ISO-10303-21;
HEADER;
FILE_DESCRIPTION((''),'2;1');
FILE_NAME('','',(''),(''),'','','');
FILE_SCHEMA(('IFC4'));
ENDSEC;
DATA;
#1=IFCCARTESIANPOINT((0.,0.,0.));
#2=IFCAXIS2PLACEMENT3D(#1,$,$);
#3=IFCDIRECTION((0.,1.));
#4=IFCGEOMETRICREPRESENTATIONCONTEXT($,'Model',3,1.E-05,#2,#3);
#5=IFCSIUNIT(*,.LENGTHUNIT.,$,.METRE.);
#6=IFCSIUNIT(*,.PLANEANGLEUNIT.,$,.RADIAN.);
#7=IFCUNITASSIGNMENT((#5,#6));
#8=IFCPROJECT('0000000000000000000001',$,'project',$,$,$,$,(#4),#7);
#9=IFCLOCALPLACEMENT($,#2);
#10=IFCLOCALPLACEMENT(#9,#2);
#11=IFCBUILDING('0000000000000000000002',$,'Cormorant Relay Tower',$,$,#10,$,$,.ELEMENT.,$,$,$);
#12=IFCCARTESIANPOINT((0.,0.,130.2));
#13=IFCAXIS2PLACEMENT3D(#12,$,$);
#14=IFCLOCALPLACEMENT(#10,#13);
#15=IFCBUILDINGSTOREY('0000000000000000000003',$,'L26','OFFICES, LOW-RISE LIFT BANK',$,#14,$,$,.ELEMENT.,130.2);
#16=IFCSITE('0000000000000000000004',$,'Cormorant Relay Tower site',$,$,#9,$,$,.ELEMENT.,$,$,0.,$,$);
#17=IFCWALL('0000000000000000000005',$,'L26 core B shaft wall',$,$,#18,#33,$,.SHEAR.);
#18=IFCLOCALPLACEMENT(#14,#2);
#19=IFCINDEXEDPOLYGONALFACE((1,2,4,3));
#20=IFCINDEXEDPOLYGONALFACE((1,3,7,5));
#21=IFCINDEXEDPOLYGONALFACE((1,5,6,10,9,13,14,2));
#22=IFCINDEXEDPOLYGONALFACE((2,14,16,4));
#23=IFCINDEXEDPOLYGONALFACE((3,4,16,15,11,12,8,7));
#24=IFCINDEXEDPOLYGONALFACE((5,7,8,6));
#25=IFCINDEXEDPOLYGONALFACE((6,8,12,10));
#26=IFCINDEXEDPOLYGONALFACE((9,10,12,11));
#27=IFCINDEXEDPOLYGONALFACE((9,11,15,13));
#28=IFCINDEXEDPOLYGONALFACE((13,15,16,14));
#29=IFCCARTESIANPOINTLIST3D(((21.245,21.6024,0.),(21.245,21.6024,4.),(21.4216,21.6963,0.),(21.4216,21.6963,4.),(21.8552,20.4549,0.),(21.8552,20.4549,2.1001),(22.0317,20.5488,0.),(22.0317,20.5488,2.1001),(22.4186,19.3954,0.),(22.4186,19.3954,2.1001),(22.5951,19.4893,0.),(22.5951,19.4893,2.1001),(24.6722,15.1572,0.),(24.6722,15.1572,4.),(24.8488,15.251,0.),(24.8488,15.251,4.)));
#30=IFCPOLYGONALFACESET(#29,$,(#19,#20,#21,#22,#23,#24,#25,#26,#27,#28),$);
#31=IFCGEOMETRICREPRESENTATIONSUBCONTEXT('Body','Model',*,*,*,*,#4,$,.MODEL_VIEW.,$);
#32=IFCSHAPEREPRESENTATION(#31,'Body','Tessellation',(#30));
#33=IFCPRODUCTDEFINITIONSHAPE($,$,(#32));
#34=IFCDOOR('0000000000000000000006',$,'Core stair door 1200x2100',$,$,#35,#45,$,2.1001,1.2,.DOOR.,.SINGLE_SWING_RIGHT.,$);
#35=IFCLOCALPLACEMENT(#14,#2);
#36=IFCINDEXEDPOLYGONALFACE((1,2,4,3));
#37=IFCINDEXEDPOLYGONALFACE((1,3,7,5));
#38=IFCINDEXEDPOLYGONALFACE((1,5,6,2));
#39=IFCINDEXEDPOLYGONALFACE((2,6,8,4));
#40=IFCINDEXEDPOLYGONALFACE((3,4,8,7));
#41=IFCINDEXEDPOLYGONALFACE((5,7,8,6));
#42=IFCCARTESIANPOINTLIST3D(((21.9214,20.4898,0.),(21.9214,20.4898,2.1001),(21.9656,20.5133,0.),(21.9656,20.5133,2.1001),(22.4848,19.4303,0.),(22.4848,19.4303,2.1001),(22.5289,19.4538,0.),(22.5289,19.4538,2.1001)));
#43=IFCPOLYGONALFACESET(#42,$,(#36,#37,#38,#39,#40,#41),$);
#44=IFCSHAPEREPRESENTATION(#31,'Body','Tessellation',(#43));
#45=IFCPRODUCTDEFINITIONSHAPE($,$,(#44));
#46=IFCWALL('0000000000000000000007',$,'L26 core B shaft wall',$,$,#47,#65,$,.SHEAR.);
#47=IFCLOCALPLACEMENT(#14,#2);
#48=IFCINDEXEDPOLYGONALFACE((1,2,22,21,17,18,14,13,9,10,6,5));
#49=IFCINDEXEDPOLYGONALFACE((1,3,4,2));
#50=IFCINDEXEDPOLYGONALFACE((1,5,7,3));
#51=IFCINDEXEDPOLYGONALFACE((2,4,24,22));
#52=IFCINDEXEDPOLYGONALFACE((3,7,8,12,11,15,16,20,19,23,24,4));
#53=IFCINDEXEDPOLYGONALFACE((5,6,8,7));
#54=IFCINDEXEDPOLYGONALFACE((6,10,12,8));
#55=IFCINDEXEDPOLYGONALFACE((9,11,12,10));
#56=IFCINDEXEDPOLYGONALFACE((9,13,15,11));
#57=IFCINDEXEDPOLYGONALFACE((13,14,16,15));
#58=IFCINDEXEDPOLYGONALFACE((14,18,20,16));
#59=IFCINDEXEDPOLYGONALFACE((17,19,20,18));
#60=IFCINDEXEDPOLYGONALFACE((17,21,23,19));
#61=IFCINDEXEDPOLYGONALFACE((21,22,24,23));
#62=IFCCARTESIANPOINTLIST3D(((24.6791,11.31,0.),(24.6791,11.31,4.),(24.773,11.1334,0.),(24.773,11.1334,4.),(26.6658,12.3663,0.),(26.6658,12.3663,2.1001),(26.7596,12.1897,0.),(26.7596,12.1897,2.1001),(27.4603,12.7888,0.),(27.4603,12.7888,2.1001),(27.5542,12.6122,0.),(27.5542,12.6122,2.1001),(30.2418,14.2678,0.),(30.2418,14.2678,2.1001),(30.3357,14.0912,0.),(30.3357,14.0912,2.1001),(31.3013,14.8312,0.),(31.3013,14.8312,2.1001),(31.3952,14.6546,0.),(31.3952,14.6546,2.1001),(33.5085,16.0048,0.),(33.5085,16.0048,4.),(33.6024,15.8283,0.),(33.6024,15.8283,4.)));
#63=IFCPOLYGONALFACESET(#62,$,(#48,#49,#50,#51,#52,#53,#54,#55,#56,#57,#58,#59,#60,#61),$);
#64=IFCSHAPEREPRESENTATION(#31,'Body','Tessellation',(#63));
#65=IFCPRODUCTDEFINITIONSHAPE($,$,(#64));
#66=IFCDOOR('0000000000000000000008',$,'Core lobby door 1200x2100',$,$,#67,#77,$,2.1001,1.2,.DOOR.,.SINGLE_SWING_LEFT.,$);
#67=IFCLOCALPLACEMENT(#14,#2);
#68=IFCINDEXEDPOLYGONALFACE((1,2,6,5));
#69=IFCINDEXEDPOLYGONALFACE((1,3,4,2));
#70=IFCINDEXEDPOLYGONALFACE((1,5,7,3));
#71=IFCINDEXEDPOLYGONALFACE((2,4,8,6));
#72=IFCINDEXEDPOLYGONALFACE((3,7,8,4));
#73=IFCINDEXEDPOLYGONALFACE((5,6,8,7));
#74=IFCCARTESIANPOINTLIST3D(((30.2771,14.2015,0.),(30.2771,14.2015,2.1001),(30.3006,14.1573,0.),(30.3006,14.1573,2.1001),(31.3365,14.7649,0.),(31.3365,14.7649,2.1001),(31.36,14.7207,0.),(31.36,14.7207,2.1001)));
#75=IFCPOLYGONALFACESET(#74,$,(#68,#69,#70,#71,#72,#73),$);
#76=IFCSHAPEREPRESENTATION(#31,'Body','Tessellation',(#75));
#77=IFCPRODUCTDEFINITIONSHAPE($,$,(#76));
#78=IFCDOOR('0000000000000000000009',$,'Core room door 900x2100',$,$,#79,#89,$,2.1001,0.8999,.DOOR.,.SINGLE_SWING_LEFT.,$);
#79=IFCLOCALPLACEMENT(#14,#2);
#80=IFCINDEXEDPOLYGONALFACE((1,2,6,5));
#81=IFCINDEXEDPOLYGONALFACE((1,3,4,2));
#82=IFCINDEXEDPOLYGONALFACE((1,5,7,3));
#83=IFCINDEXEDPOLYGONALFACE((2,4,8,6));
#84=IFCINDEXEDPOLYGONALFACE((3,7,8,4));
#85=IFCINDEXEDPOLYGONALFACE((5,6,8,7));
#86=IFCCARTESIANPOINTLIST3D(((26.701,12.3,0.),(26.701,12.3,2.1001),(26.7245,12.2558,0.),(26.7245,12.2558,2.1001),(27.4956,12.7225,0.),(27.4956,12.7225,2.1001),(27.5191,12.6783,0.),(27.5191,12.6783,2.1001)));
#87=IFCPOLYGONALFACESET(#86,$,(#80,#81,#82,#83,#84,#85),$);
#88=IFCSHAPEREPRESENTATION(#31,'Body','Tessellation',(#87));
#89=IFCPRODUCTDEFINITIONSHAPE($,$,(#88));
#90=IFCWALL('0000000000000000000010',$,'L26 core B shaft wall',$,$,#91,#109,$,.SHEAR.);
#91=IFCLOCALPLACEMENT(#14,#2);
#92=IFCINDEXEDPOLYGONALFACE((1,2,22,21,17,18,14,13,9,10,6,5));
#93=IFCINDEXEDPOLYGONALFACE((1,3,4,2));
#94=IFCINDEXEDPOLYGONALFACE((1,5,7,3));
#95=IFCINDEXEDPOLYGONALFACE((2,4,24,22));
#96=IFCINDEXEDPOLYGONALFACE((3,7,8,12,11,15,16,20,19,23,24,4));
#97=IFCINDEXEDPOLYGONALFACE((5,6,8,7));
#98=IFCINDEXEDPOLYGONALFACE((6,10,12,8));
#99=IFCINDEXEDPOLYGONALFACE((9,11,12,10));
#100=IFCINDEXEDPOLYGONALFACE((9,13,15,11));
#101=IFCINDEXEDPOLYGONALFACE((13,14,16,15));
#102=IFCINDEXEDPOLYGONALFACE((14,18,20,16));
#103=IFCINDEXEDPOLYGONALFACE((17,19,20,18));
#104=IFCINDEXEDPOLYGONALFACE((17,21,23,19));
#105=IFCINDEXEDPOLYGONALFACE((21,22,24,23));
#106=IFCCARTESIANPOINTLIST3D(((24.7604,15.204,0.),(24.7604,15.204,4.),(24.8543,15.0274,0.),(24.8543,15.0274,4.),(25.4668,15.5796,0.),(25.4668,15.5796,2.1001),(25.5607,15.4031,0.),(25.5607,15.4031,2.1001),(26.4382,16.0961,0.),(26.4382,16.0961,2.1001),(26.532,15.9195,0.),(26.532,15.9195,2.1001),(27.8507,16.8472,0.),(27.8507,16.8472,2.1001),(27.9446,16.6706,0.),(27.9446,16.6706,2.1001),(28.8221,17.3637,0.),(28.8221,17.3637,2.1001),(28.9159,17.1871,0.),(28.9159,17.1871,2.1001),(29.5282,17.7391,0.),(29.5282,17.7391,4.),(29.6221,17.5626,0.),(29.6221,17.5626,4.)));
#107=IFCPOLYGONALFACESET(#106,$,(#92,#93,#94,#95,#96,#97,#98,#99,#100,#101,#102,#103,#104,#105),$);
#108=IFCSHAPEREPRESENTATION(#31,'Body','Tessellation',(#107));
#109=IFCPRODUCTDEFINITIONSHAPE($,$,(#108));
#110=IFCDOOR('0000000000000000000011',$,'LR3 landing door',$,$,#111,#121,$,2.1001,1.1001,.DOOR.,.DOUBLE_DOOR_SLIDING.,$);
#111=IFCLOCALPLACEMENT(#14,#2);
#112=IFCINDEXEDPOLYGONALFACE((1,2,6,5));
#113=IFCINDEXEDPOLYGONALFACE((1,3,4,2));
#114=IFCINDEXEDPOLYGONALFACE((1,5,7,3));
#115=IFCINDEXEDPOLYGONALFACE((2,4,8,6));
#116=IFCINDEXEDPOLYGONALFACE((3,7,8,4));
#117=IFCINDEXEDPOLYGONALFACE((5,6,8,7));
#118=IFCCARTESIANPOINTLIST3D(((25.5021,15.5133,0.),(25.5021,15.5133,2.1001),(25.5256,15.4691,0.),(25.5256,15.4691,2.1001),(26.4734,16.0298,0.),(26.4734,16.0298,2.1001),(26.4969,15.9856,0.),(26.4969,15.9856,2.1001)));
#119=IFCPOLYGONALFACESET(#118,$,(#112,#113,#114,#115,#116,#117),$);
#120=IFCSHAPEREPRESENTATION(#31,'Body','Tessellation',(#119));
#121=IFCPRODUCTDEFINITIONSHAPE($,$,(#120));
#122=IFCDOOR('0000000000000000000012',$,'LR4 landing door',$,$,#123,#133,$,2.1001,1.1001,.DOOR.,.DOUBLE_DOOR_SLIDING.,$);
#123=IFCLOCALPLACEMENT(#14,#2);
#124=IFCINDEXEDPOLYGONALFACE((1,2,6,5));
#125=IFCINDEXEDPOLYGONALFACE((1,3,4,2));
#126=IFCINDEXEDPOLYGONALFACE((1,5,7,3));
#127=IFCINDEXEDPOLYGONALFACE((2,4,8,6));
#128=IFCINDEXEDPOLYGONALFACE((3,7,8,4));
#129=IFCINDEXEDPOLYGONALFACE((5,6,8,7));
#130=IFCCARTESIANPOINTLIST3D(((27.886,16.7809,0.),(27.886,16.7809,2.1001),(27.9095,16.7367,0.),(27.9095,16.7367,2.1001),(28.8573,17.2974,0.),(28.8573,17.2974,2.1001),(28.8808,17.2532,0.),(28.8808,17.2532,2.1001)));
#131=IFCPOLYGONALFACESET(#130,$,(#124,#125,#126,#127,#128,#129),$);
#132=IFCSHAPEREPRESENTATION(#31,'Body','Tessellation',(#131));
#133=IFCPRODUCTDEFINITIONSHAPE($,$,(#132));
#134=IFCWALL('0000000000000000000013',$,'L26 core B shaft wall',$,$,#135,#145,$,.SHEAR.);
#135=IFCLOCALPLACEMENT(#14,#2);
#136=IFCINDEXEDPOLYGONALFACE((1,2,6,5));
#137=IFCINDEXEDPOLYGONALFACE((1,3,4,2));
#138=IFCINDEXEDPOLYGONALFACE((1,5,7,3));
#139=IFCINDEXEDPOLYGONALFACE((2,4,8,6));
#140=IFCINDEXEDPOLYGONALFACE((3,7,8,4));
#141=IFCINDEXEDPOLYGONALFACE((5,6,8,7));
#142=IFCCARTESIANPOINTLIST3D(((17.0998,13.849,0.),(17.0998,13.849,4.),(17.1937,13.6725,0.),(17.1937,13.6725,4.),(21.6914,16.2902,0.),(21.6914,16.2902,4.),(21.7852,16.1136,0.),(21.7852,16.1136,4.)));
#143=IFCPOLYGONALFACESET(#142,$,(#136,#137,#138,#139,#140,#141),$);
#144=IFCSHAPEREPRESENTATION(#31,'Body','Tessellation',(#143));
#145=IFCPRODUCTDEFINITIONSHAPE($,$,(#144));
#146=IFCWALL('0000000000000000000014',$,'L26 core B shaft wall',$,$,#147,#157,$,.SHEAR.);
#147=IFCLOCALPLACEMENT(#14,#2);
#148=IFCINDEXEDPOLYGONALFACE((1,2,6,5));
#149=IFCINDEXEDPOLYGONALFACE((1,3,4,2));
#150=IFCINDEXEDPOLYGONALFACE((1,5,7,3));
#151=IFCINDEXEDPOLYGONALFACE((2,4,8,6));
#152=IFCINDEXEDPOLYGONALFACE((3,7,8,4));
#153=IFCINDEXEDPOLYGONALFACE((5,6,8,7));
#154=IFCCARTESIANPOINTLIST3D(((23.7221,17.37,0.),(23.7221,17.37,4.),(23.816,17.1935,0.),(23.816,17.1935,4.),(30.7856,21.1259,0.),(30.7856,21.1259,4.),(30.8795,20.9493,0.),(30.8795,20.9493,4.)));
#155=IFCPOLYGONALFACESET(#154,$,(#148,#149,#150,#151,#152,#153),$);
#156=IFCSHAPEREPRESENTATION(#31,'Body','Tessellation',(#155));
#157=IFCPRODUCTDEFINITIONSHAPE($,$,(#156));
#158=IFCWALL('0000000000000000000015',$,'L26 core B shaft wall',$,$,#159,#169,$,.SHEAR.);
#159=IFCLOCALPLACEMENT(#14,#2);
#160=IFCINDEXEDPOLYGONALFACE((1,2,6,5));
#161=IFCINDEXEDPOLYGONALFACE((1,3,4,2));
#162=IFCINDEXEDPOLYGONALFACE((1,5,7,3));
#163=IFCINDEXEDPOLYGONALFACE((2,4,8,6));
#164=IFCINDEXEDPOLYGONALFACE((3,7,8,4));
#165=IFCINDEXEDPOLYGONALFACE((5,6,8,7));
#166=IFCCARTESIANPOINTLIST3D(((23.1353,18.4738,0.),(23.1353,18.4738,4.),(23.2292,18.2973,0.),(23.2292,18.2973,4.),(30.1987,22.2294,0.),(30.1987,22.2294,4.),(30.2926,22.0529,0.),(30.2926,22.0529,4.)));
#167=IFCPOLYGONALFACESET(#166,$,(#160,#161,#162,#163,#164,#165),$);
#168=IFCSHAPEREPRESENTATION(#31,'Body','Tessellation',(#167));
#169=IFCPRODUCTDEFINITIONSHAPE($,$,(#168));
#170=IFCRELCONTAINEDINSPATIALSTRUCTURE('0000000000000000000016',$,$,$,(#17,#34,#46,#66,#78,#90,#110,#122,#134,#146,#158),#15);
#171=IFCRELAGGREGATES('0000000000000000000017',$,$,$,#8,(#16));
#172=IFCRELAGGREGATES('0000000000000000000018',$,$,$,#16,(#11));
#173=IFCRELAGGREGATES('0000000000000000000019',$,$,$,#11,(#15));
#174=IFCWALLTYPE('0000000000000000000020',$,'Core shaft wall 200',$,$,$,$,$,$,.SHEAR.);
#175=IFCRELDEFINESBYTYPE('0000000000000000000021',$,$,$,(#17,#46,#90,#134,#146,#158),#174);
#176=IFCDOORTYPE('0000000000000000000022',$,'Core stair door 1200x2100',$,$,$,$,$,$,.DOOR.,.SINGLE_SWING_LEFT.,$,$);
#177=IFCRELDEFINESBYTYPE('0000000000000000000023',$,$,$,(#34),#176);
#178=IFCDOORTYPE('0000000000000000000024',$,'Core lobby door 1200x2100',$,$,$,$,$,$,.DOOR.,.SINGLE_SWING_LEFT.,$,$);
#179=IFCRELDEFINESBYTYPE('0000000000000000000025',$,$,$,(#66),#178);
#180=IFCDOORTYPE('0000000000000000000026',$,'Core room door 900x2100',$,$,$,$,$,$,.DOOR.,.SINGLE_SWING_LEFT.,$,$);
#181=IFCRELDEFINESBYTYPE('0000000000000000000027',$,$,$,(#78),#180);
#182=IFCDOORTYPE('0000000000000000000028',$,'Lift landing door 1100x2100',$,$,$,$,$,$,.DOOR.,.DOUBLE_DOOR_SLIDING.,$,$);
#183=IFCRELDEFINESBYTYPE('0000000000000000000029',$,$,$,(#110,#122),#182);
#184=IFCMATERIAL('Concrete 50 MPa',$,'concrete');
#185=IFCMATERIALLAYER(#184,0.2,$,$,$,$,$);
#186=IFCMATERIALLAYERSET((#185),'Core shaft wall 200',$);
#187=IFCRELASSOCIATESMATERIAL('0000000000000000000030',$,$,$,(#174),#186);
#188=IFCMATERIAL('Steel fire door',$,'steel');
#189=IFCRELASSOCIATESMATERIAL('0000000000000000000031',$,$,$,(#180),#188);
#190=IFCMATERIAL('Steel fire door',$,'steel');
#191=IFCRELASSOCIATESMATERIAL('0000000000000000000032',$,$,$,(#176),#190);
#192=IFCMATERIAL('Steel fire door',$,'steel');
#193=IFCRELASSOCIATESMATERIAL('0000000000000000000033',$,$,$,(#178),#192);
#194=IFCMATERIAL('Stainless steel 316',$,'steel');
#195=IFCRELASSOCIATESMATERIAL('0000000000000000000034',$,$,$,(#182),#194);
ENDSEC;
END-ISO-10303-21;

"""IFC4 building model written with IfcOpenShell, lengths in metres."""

from ifc_helpers import new_model, si_unit, direction, frame, frame_2d, origin, place, context, subcontext, project, spatial, rectangle, extrude, material, layer, layer_set, type_object, element, fill, save


model = new_model("IFC4")

# Units and contexts
model_context = context("Model", 3, precision=1e-05, world=origin(), true_north=direction((0.0, 1.0)))
body_context = subcontext(model_context, "Body", "Model", "MODEL_VIEW")
ifc_project = project(units=[si_unit("LENGTHUNIT", "METRE"), si_unit("PLANEANGLEUNIT", "RADIAN")], contexts=[model_context])

# Site, building, storey
site_placement = place(None, origin())
site = spatial("IfcSite", under=ifc_project, at=site_placement, Name="Cormorant Relay Tower site", CompositionType="ELEMENT", RefElevation=0.0)
building_placement = place(site_placement, origin())
building = spatial("IfcBuilding", under=site, at=building_placement, Name="Cormorant Relay Tower", CompositionType="ELEMENT")
storey_placement = place(building_placement, frame((0.0, 0.0, 130.2)))
storey = spatial("IfcBuildingStorey", under=building, at=storey_placement, Name="L26", Description="OFFICES, LOW-RISE LIFT BANK", CompositionType="ELEMENT", Elevation=130.2)

# Shared definitions
ifc_material_1 = material(Name="Concrete 50 MPa", Category="concrete")
ifc_layer_1 = layer(ifc_material_1, 0.2)
ifc_layer_set_1 = layer_set([ifc_layer_1], Name="Core shaft wall 200")
wall_type_1 = type_object("IfcWallType", Name="Core shaft wall 200", PredefinedType="SHEAR", material=ifc_layer_set_1)

# Shared definitions
ifc_material_2 = material(Name="Steel fire door", Category="steel")
door_type_1 = type_object("IfcDoorType", Name="Core room door 900x2100", OperationType="SINGLE_SWING_LEFT", PredefinedType="DOOR", material=ifc_material_2)

# Wall, opening, door
wall_1_placement = place(storey_placement, frame((24.7605, 15.2041, 0.0), z_axis=(0.0, 0.0, 1.0), x_axis=(-0.469494, 0.882936, 0.0)))
wall_1 = element("IfcWall", 1, at=wall_1_placement, inside=storey, type_object=wall_type_1, Name="L26 core B shaft wall", PredefinedType="SHEAR", context=body_context, shape_type="SweptSolid", body=[
    extrude(rectangle(XDim=7.2998, YDim=0.2, at=frame_2d((3.6499, 0.0))), origin(), (0.0, 0.0, 1.0), 4.0),
])
opening_1_placement = place(wall_1_placement, frame((4.8, 0.0, 0.0)))
opening_1 = element("IfcOpeningElement", 2, at=opening_1_placement, cuts=wall_1, PredefinedType="OPENING", context=body_context, shape_type="SweptSolid", body=[
    extrude(rectangle(XDim=1.2, YDim=2.1001, at=frame_2d((0.6001, 1.05))), frame((0.0, 0.1099, 0.0), z_axis=(0.0, -1.0, 0.0), x_axis=(1.0, 0.0, 0.0)), (0.0, 0.0, 1.0), 0.22),
])
ifc_material_3 = material(Name="Steel fire door", Category="steel")
door_type_2 = type_object("IfcDoorType", Name="Core stair door 1200x2100", OperationType="SINGLE_SWING_LEFT", PredefinedType="DOOR", material=ifc_material_3)
door_1_placement = place(opening_1_placement, frame((1.2, 0.0, 0.0), z_axis=(0.0, 0.0, 1.0), x_axis=(-1.0, 0.0, 0.0)))
door_1 = element("IfcDoor", 3, at=door_1_placement, inside=storey, type_object=door_type_2, Name="Core stair door 1200x2100", OperationType="SINGLE_SWING_RIGHT", OverallHeight=2.1001, OverallWidth=1.2, PredefinedType="DOOR", context=body_context, shape_type="SweptSolid", body=[
    extrude(rectangle(XDim=1.2, YDim=2.1001, at=frame_2d((0.6001, 1.05))), frame((0.0, 0.0249, 0.0), z_axis=(0.0, -1.0, 0.0), x_axis=(1.0, 0.0, 0.0)), (0.0, 0.0, 1.0), 0.05),
])
fill(opening_1, door_1)

# Walls, openings, doors
wall_2_placement = place(storey_placement, frame((24.7261, 11.2217, 0.0), z_axis=(0.0, 0.0, 1.0), x_axis=(0.88294, 0.469485, 0.0)))
wall_2 = element("IfcWall", 4, at=wall_2_placement, inside=storey, type_object=wall_type_1, Name="L26 core B shaft wall", PredefinedType="SHEAR", context=body_context, shape_type="SweptSolid", body=[
    extrude(rectangle(XDim=10.0, YDim=0.2, at=frame_2d((5.0, 0.0))), origin(), (0.0, 0.0, 1.0), 4.0),
])
opening_2_placement = place(wall_2_placement, frame((6.3, 0.0, 0.0)))
opening_2 = element("IfcOpeningElement", 5, at=opening_2_placement, cuts=wall_2, PredefinedType="OPENING", context=body_context, shape_type="SweptSolid", body=[
    extrude(rectangle(XDim=1.2, YDim=2.1001, at=frame_2d((0.6001, 1.05))), frame((0.0, 0.1099, 0.0), z_axis=(0.0, -1.0, 0.0), x_axis=(1.0, 0.0, 0.0)), (0.0, 0.0, 1.0), 0.22),
])
opening_3_placement = place(wall_2_placement, frame((2.25, 0.0, 0.0)))
opening_3 = element("IfcOpeningElement", 6, at=opening_3_placement, cuts=wall_2, PredefinedType="OPENING", context=body_context, shape_type="SweptSolid", body=[
    extrude(rectangle(XDim=0.8999, YDim=2.1001, at=frame_2d((0.45, 1.05))), frame((0.0, 0.1099, 0.0), z_axis=(0.0, -1.0, 0.0), x_axis=(1.0, 0.0, 0.0)), (0.0, 0.0, 1.0), 0.22),
])
ifc_material_4 = material(Name="Steel fire door", Category="steel")
door_type_3 = type_object("IfcDoorType", Name="Core lobby door 1200x2100", OperationType="SINGLE_SWING_LEFT", PredefinedType="DOOR", material=ifc_material_4)
door_2_placement = place(opening_2_placement, origin())
door_2 = element("IfcDoor", 7, at=door_2_placement, inside=storey, type_object=door_type_3, Name="Core lobby door 1200x2100", OperationType="SINGLE_SWING_LEFT", OverallHeight=2.1001, OverallWidth=1.2, PredefinedType="DOOR", context=body_context, shape_type="SweptSolid", body=[
    extrude(rectangle(XDim=1.2, YDim=2.1001, at=frame_2d((0.6001, 1.05))), frame((0.0, 0.0249, 0.0), z_axis=(0.0, -1.0, 0.0), x_axis=(1.0, 0.0, 0.0)), (0.0, 0.0, 1.0), 0.05),
])
fill(opening_2, door_2)
door_3_placement = place(opening_3_placement, origin())
door_3 = element("IfcDoor", 8, at=door_3_placement, inside=storey, type_object=door_type_1, Name="Core room door 900x2100", OperationType="SINGLE_SWING_LEFT", OverallHeight=2.1001, OverallWidth=0.8999, PredefinedType="DOOR", context=body_context, shape_type="SweptSolid", body=[
    extrude(rectangle(XDim=0.8999, YDim=2.1001, at=frame_2d((0.45, 1.05))), frame((0.0, 0.0249, 0.0), z_axis=(0.0, -1.0, 0.0), x_axis=(1.0, 0.0, 0.0)), (0.0, 0.0, 1.0), 0.05),
])
fill(opening_3, door_3)
wall_3_placement = place(storey_placement, frame((24.8074, 15.1157, 0.0), z_axis=(0.0, 0.0, 1.0), x_axis=(0.882943, 0.46948, 0.0)))
wall_3 = element("IfcWall", 9, at=wall_3_placement, inside=storey, type_object=wall_type_1, Name="L26 core B shaft wall", PredefinedType="SHEAR", context=body_context, shape_type="SweptSolid", body=[
    extrude(rectangle(XDim=5.3999, YDim=0.2, at=frame_2d((2.7, 0.0))), origin(), (0.0, 0.0, 1.0), 4.0),
])
opening_4_placement = place(wall_3_placement, frame((0.8, 0.0, 0.0)))
opening_4 = element("IfcOpeningElement", 10, at=opening_4_placement, cuts=wall_3, PredefinedType="OPENING", context=body_context, shape_type="SweptSolid", body=[
    extrude(rectangle(XDim=1.1001, YDim=2.1001, at=frame_2d((0.55, 1.05))), frame((0.0, 0.1099, 0.0), z_axis=(0.0, -1.0, 0.0), x_axis=(1.0, 0.0, 0.0)), (0.0, 0.0, 1.0), 0.22),
])
opening_5_placement = place(wall_3_placement, frame((3.5, 0.0, 0.0)))
opening_5 = element("IfcOpeningElement", 11, at=opening_5_placement, cuts=wall_3, PredefinedType="OPENING", context=body_context, shape_type="SweptSolid", body=[
    extrude(rectangle(XDim=1.1001, YDim=2.1001, at=frame_2d((0.55, 1.05))), frame((0.0, 0.1099, 0.0), z_axis=(0.0, -1.0, 0.0), x_axis=(1.0, 0.0, 0.0)), (0.0, 0.0, 1.0), 0.22),
])
ifc_material_5 = material(Name="Stainless steel 316", Category="steel")
door_type_4 = type_object("IfcDoorType", Name="Lift landing door 1100x2100", OperationType="DOUBLE_DOOR_SLIDING", PredefinedType="DOOR", material=ifc_material_5)
door_4_placement = place(opening_4_placement, origin())
door_4 = element("IfcDoor", 12, at=door_4_placement, inside=storey, type_object=door_type_4, Name="LR3 landing door", OperationType="DOUBLE_DOOR_SLIDING", OverallHeight=2.1001, OverallWidth=1.1001, PredefinedType="DOOR", context=body_context, shape_type="SweptSolid", body=[
    extrude(rectangle(XDim=1.1001, YDim=2.1001, at=frame_2d((0.55, 1.05))), frame((0.0, 0.0249, 0.0), z_axis=(0.0, -1.0, 0.0), x_axis=(1.0, 0.0, 0.0)), (0.0, 0.0, 1.0), 0.05),
])
fill(opening_4, door_4)
door_5_placement = place(opening_5_placement, origin())
door_5 = element("IfcDoor", 13, at=door_5_placement, inside=storey, type_object=door_type_4, Name="LR4 landing door", OperationType="DOUBLE_DOOR_SLIDING", OverallHeight=2.1001, OverallWidth=1.1001, PredefinedType="DOOR", context=body_context, shape_type="SweptSolid", body=[
    extrude(rectangle(XDim=1.1001, YDim=2.1001, at=frame_2d((0.55, 1.05))), frame((0.0, 0.0249, 0.0), z_axis=(0.0, -1.0, 0.0), x_axis=(1.0, 0.0, 0.0)), (0.0, 0.0, 1.0), 0.05),
])
fill(opening_5, door_5)

# Walls
wall_4_placement = place(storey_placement, frame((17.1467, 13.7607, 0.0), z_axis=(0.0, 0.0, 1.0), x_axis=(0.882964, 0.46944, 0.0)))
element("IfcWall", 14, at=wall_4_placement, inside=storey, type_object=wall_type_1, Name="L26 core B shaft wall", PredefinedType="SHEAR", context=body_context, shape_type="SweptSolid", body=[
    extrude(rectangle(XDim=5.2002, YDim=0.2, at=frame_2d((2.6001, 0.0))), origin(), (0.0, 0.0, 1.0), 4.0),
])
wall_5_placement = place(storey_placement, frame((23.769, 17.2817, 0.0), z_axis=(0.0, 0.0, 1.0), x_axis=(0.88294, 0.469485, 0.0)))
element("IfcWall", 15, at=wall_5_placement, inside=storey, type_object=wall_type_1, Name="L26 core B shaft wall", PredefinedType="SHEAR", context=body_context, shape_type="SweptSolid", body=[
    extrude(rectangle(XDim=8.0, YDim=0.2, at=frame_2d((4.0, 0.0))), origin(), (0.0, 0.0, 1.0), 4.0),
])
wall_6_placement = place(storey_placement, frame((23.1821, 18.3855, 0.0), z_axis=(0.0, 0.0, 1.0), x_axis=(0.882953, 0.469462, 0.0)))
element("IfcWall", 16, at=wall_6_placement, inside=storey, type_object=wall_type_1, Name="L26 core B shaft wall", PredefinedType="SHEAR", context=body_context, shape_type="SweptSolid", body=[
    extrude(rectangle(XDim=7.9998, YDim=0.2, at=frame_2d((4.0, 0.0))), origin(), (0.0, 0.0, 1.0), 4.0),
])

save(model, "model.ifc")
